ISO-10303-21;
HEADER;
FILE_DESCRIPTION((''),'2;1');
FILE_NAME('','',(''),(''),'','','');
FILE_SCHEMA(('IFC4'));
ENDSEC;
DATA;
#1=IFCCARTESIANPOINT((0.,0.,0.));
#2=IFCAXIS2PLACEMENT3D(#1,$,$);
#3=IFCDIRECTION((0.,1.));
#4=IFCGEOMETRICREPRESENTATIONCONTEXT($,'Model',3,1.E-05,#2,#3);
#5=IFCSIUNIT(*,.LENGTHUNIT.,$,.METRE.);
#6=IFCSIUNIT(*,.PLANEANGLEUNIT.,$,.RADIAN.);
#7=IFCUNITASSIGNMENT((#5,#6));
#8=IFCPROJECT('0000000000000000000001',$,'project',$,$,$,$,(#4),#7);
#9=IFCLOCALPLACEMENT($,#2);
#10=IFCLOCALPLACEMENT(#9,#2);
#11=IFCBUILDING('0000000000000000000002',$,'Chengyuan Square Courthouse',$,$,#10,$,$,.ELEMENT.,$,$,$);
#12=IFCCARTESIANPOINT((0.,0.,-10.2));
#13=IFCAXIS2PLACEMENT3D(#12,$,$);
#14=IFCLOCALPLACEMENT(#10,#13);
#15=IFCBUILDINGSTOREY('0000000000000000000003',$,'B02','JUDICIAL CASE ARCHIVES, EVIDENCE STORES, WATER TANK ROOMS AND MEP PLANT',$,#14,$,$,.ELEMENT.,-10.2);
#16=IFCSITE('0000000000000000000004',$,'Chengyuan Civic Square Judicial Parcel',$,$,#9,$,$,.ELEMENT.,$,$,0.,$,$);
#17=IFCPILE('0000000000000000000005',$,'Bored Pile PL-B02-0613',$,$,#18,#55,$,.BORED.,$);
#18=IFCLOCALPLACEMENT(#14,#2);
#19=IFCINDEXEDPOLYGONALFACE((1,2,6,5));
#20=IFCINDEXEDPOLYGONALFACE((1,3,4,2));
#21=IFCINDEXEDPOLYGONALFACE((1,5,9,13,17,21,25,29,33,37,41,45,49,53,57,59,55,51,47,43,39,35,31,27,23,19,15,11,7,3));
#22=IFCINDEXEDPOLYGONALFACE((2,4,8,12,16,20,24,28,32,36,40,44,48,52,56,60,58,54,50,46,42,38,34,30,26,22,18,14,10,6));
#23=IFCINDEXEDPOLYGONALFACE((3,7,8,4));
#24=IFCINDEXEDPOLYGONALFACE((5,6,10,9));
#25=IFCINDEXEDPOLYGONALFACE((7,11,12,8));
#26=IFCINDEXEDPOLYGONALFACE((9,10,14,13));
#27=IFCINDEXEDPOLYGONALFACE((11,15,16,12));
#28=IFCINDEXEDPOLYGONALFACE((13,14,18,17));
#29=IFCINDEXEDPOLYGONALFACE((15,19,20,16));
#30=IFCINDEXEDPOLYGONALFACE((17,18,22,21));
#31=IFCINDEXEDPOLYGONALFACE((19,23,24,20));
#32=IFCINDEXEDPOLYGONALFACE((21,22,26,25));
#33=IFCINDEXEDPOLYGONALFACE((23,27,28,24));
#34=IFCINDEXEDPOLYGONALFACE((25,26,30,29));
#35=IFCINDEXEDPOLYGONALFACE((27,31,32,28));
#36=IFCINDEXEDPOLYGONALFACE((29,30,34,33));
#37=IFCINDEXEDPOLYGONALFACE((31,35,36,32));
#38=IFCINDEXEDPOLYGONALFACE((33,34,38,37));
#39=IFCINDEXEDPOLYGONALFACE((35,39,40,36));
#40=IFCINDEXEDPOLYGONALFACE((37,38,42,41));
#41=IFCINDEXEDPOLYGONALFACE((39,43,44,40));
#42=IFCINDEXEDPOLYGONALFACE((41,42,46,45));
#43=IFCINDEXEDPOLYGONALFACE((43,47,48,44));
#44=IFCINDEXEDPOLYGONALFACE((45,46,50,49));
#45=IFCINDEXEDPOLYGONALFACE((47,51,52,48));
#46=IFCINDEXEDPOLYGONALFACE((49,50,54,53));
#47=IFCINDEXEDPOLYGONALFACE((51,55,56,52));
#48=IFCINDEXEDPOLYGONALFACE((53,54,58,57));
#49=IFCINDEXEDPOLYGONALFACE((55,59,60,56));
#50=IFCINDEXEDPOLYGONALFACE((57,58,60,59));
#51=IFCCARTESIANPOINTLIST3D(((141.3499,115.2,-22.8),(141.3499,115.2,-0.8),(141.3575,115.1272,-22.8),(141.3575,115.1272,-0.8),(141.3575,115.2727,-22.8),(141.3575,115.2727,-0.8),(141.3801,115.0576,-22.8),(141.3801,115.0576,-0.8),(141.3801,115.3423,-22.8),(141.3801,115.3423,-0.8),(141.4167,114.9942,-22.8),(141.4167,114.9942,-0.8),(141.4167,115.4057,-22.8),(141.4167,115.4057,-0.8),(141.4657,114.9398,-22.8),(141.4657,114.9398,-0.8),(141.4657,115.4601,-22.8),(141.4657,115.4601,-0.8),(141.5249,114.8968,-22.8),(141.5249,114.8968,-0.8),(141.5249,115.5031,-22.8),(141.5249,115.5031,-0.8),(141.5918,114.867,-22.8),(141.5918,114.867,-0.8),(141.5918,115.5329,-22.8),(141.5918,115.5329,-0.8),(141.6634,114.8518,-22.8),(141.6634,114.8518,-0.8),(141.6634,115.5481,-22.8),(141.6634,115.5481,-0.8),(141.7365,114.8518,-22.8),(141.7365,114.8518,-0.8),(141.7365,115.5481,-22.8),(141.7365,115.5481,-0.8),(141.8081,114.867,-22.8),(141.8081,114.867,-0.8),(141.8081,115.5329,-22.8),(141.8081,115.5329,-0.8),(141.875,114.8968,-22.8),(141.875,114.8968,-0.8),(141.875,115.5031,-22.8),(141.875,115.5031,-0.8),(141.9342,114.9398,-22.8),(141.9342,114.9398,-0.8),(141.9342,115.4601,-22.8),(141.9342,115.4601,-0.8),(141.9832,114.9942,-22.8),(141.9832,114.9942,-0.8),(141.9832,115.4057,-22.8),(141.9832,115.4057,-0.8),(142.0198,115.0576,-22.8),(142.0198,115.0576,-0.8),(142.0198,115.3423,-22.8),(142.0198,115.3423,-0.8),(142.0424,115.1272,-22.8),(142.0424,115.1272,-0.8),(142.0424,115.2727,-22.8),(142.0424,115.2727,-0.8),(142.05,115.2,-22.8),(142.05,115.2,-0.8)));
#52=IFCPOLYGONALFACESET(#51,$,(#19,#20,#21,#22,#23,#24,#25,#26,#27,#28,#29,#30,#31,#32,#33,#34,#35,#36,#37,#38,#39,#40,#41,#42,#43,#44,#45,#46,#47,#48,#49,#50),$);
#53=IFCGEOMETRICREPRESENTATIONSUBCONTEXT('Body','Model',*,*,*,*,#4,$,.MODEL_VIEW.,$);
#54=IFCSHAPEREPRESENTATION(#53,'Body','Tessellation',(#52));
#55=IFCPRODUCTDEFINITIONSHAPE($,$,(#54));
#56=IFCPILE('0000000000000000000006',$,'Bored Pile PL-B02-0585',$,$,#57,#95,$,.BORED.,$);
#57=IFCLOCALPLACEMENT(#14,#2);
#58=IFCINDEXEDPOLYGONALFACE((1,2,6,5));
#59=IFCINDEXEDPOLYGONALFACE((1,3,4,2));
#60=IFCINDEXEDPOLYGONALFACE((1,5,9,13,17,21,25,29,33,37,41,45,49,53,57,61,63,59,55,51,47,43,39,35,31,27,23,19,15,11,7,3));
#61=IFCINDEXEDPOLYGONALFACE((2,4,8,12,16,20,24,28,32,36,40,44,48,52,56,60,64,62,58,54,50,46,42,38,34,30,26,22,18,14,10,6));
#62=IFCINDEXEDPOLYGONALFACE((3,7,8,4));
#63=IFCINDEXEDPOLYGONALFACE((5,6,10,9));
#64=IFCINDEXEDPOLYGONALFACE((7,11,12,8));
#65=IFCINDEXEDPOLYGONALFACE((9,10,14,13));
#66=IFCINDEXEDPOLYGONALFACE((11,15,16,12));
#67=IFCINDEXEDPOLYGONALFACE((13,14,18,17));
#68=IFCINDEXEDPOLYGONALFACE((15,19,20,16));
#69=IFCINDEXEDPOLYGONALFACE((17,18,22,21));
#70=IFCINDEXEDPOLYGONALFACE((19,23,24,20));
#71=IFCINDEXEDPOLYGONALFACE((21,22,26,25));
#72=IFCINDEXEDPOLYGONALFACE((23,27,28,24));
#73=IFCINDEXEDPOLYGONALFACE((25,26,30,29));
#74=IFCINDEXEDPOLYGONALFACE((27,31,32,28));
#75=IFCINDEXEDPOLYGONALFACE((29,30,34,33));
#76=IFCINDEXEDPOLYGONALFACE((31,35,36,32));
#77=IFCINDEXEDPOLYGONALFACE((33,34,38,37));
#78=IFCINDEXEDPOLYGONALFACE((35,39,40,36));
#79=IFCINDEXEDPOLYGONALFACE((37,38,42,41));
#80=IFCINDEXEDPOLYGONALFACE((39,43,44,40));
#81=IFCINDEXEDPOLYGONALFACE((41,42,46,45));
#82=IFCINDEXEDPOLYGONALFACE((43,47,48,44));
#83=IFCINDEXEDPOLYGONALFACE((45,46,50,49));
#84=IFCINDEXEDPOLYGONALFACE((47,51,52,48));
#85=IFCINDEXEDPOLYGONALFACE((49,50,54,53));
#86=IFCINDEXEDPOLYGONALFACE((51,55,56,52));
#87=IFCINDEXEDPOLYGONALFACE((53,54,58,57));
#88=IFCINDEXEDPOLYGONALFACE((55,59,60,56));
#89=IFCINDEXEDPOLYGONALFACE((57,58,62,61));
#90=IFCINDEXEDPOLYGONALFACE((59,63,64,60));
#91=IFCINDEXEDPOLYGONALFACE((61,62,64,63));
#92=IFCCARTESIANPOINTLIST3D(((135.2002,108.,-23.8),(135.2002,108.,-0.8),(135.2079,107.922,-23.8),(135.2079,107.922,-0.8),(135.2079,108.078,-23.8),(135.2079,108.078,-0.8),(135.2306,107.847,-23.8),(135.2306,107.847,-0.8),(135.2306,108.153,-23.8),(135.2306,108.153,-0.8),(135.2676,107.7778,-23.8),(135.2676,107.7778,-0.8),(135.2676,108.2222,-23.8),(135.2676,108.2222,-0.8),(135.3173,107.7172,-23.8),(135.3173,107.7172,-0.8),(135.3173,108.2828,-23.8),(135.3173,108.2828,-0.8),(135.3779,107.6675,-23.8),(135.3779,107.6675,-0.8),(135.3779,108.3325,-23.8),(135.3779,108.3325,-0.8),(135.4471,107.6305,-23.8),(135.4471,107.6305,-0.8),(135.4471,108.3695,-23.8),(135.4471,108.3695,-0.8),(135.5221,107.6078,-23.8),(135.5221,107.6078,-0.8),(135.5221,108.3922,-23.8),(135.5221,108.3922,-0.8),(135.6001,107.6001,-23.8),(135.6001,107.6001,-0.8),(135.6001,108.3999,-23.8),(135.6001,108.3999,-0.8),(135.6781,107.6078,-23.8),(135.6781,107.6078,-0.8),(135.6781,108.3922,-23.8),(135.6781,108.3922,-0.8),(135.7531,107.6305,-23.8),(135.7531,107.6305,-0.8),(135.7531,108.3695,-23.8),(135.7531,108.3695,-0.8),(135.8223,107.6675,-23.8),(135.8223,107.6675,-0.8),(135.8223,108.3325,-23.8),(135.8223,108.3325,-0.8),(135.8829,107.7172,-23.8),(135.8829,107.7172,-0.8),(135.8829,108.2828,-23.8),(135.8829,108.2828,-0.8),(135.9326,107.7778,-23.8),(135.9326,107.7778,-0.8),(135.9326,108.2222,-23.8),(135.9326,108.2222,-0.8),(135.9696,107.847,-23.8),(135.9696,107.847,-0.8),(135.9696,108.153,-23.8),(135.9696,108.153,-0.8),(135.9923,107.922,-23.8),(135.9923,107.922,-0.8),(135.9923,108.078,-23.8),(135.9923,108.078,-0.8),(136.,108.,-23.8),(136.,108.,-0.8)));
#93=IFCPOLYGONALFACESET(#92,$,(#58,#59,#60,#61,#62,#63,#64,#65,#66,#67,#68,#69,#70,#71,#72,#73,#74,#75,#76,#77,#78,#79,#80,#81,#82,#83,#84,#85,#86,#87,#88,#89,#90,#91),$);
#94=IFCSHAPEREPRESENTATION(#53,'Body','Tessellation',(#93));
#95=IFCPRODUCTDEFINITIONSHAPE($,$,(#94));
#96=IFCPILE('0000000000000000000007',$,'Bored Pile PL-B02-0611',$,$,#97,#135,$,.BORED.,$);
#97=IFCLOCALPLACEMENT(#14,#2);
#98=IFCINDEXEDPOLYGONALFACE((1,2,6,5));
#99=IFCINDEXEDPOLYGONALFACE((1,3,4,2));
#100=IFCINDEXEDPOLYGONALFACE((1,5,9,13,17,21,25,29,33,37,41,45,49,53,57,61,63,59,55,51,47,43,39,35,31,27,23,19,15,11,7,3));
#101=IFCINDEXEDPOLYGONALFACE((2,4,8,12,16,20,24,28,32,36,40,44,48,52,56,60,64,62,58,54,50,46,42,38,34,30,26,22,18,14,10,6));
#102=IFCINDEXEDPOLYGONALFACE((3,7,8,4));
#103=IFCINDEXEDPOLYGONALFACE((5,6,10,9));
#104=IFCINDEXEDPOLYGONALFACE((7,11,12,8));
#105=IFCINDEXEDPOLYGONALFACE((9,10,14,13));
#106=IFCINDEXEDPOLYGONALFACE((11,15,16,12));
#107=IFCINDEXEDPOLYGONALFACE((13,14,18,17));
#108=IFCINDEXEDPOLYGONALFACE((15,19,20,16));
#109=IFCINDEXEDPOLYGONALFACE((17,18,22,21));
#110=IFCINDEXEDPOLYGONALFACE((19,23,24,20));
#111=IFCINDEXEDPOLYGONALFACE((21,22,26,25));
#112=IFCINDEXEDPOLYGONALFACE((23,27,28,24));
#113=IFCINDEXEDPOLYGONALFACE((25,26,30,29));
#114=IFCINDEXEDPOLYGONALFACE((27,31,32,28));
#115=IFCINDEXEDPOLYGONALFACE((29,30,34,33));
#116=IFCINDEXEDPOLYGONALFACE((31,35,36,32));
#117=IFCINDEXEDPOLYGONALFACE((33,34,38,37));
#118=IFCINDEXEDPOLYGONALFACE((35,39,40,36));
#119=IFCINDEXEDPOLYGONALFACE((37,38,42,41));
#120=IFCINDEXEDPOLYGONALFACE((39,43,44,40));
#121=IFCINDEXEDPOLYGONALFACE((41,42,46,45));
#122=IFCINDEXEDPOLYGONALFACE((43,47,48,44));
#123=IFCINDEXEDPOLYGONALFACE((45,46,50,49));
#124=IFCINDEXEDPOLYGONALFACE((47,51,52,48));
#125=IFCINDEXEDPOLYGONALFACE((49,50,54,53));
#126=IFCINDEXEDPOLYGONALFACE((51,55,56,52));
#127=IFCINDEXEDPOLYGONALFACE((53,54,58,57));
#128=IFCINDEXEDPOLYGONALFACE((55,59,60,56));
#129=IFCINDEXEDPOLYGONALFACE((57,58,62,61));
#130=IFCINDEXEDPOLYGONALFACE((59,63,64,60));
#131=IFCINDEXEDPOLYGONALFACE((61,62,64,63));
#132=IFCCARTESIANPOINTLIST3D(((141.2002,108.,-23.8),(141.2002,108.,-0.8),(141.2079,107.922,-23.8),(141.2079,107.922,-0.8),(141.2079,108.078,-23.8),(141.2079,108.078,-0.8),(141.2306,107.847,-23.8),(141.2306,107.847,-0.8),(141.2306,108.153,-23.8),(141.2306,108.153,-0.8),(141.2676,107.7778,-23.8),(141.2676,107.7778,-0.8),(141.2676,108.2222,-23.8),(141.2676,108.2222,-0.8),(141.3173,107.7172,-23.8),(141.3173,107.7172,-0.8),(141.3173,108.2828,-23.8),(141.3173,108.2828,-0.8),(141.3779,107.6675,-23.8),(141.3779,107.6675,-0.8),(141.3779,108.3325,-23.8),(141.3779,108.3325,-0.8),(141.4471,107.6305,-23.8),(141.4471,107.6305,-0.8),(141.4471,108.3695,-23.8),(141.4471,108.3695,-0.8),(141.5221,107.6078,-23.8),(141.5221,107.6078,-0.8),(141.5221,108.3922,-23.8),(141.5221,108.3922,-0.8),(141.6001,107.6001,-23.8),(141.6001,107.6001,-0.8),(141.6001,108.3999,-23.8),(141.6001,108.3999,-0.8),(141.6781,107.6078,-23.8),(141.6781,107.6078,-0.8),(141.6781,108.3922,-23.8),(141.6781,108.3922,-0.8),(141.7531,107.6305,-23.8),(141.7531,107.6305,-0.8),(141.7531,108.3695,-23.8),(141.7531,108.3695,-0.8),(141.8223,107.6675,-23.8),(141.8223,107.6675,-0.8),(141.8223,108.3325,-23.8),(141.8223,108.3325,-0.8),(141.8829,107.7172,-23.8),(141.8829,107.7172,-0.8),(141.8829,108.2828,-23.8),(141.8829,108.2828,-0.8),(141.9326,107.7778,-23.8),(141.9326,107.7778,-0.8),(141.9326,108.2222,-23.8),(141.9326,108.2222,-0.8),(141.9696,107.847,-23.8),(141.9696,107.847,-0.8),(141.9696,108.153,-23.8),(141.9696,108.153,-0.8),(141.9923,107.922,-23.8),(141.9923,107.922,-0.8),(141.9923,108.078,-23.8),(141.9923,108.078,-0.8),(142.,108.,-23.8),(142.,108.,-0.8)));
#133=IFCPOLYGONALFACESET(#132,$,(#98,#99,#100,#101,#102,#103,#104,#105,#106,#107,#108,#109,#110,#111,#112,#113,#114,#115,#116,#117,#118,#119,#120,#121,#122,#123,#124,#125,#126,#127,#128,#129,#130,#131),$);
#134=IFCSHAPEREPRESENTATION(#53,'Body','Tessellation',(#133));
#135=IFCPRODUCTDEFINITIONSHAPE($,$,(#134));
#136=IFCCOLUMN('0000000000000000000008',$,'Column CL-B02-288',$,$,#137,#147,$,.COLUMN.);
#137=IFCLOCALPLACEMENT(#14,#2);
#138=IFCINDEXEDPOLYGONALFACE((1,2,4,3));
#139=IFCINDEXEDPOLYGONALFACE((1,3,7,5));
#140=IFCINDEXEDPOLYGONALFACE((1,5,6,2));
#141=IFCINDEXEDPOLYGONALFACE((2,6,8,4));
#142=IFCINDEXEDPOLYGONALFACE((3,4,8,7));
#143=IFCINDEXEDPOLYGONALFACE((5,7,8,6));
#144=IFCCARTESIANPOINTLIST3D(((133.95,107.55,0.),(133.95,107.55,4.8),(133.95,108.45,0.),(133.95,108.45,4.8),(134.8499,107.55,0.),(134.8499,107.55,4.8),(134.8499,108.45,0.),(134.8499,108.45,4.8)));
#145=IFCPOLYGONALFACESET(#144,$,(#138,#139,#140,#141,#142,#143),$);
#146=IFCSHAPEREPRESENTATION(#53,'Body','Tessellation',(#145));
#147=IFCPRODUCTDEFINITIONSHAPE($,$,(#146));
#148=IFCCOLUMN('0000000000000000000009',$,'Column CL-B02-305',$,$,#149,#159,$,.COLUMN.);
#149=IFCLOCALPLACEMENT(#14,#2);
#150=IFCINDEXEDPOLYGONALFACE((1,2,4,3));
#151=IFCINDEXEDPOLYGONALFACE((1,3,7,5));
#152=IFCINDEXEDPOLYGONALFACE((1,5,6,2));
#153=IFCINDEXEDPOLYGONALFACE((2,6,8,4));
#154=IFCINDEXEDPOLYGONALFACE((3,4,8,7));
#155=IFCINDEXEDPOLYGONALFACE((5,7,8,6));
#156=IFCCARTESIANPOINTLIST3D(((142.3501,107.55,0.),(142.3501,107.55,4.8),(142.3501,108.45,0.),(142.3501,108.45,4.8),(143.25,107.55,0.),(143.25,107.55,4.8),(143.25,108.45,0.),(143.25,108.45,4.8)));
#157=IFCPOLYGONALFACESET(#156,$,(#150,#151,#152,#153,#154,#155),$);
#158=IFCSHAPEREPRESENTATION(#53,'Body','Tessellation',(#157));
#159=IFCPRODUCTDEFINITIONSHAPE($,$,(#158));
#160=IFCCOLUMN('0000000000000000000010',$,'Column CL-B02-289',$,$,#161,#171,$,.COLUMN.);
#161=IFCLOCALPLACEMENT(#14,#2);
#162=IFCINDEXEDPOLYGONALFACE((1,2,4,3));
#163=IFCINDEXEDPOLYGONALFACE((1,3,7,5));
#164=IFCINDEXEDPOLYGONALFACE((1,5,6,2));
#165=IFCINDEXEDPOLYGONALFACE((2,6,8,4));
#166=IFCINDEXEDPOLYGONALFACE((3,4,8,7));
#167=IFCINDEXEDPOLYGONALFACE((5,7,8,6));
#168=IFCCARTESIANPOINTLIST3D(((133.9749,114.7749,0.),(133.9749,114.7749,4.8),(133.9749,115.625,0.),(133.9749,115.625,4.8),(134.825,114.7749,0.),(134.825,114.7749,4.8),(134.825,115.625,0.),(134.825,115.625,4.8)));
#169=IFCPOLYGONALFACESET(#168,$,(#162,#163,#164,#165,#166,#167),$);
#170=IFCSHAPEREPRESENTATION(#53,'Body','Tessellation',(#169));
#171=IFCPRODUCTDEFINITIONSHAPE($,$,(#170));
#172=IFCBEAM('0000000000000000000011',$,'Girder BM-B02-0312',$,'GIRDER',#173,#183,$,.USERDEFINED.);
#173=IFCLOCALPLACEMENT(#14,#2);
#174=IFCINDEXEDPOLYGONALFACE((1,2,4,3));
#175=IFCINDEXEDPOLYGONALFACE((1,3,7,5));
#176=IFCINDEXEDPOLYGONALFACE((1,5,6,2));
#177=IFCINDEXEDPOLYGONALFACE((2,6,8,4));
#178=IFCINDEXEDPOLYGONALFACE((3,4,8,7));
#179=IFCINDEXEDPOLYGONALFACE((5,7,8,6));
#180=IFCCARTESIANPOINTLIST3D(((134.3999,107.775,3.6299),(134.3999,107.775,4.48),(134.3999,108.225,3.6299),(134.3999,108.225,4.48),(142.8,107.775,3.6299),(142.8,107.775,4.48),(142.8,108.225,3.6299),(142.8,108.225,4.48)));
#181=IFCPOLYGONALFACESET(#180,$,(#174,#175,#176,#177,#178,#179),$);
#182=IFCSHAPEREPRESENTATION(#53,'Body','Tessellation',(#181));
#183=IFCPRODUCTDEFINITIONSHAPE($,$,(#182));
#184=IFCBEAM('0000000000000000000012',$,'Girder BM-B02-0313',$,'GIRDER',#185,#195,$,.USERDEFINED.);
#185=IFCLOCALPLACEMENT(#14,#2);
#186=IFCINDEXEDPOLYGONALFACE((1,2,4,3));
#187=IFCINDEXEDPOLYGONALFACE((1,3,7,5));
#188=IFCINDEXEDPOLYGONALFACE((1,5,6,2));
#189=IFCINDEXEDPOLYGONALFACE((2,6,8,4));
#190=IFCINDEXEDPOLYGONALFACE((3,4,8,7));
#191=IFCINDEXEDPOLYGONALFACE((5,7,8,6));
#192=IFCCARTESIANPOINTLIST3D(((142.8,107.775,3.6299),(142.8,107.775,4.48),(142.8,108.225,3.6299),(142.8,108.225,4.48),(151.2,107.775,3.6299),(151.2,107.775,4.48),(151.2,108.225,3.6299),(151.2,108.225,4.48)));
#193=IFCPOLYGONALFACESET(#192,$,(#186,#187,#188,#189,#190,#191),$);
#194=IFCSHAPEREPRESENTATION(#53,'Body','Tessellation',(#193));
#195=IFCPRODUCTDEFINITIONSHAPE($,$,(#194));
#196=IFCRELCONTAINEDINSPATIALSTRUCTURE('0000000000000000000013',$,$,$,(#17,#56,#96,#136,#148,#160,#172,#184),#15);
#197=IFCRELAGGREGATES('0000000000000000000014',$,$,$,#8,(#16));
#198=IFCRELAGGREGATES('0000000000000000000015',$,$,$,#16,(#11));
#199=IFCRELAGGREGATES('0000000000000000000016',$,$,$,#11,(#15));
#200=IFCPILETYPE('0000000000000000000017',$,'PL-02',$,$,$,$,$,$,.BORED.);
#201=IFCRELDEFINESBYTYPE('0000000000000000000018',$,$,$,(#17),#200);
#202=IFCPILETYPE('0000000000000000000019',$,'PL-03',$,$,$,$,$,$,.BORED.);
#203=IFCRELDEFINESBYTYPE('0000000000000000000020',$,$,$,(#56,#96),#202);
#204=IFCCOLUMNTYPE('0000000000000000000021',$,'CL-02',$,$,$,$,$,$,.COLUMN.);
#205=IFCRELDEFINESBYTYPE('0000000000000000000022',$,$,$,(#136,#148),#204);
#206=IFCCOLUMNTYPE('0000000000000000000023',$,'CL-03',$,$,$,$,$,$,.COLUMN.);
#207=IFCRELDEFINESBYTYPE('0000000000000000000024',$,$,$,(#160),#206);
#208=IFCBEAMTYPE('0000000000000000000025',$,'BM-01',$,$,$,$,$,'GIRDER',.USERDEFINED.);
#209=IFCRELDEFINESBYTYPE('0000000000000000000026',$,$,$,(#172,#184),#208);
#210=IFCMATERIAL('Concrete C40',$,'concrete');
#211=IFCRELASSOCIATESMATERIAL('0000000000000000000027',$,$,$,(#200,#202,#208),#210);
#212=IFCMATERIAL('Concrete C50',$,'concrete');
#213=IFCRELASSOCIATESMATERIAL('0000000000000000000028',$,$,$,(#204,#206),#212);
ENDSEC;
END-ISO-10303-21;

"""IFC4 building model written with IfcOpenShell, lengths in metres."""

from ifc_helpers import new_model, si_unit, direction, frame, origin, origin_2d, place, context, subcontext, project, spatial, rectangle, circle, extrude, material, material_profile, profile_set, type_object, element, save


model = new_model("IFC4")

# Units and contexts
model_context = context("Model", 3, precision=1e-05, world=origin(), true_north=direction((0.0, 1.0)))
body_context = subcontext(model_context, "Body", "Model", "MODEL_VIEW")
ifc_project = project(units=[si_unit("LENGTHUNIT", "METRE"), si_unit("PLANEANGLEUNIT", "RADIAN")], contexts=[model_context])

# Site, building, storey
site_placement = place(None, origin())
site = spatial("IfcSite", under=ifc_project, at=site_placement, Name="Chengyuan Civic Square Judicial Parcel", CompositionType="ELEMENT", RefElevation=0.0)
building_placement = place(site_placement, origin())
building = spatial("IfcBuilding", under=site, at=building_placement, Name="Chengyuan Square Courthouse", CompositionType="ELEMENT")
storey_placement = place(building_placement, frame((0.0, 0.0, -10.2)))
storey = spatial("IfcBuildingStorey", under=building, at=storey_placement, Name="B02", Description="JUDICIAL CASE ARCHIVES, EVIDENCE STORES, WATER TANK ROOMS AND MEP PLANT", CompositionType="ELEMENT", Elevation=-10.2)

# Shared definitions
ifc_material_1 = material(Name="Concrete C40", Category="concrete")

# Piles
ifc_material_profile_1 = material_profile(ifc_material_1, circle(Radius=0.3501, at=origin_2d()), Name="BORED PILE D700")
ifc_profile_set_1 = profile_set([ifc_material_profile_1], Name="Concrete C40")
pile_type_1 = type_object("IfcPileType", Name="PL-02", PredefinedType="BORED", material=ifc_profile_set_1)
pile_1_placement = place(storey_placement, frame((141.7, 115.2, -0.8), z_axis=(0.0, 0.0, -1.0), x_axis=(1.0, 0.0, 0.0)))
element("IfcPile", 1, at=pile_1_placement, inside=storey, type_object=pile_type_1, Name="Bored Pile PL-B02-0613", PredefinedType="BORED", context=body_context, shape_type="SweptSolid", body=[
    extrude(circle(Radius=0.3501, at=origin_2d()), origin(), (0.0, 0.0, 1.0), 22.0),
])
ifc_material_profile_2 = material_profile(ifc_material_1, circle(Radius=0.3999, at=origin_2d()), Name="BORED PILE D800")
ifc_profile_set_2 = profile_set([ifc_material_profile_2], Name="Concrete C40")
pile_type_2 = type_object("IfcPileType", Name="PL-03", PredefinedType="BORED", material=ifc_profile_set_2)
for number, where, z_axis, x_axis, name in (
    (2, (135.6001, 108.0, -0.8), (0.0, 0.0, -1.0), (1.0, 0.0, 0.0), "Bored Pile PL-B02-0585"),
    (3, (141.6001, 108.0, -0.8), (0.0, 0.0, -1.0), (1.0, 0.0, 0.0), "Bored Pile PL-B02-0611"),
):
    element("IfcPile", number, at=place(storey_placement, frame(where, z_axis=z_axis, x_axis=x_axis)), inside=storey, type_object=pile_type_2, Name=name, PredefinedType="BORED", context=body_context, shape_type="SweptSolid", body=[
        extrude(circle(Radius=0.3999, at=origin_2d()), origin(), (0.0, 0.0, 1.0), 23.0),
    ])

# Columns
ifc_material_2 = material(Name="Concrete C50", Category="concrete")
ifc_material_profile_3 = material_profile(ifc_material_2, rectangle(XDim=0.8999, YDim=0.8999, at=origin_2d()), Name="RC-COL-900x900")
ifc_profile_set_3 = profile_set([ifc_material_profile_3], Name="Concrete C50")
column_type_1 = type_object("IfcColumnType", Name="CL-02", PredefinedType="COLUMN", material=ifc_profile_set_3)
for number, where, z_axis, x_axis, name in (
    (4, (134.3999, 108.0, 0.0), (0.0, 0.0, 1.0), (1.0, 0.0, 0.0), "Column CL-B02-288"),
    (5, (142.8, 108.0, 0.0), (0.0, 0.0, 1.0), (1.0, 0.0, 0.0), "Column CL-B02-305"),
):
    element("IfcColumn", number, at=place(storey_placement, frame(where, z_axis=z_axis, x_axis=x_axis)), inside=storey, type_object=column_type_1, Name=name, PredefinedType="COLUMN", context=body_context, shape_type="SweptSolid", body=[
        extrude(rectangle(XDim=0.8999, YDim=0.8999, at=origin_2d()), origin(), (0.0, 0.0, 1.0), 4.8),
    ])
ifc_material_profile_4 = material_profile(ifc_material_2, rectangle(XDim=0.8501, YDim=0.8501, at=origin_2d()), Name="RC-COL-850x850")
ifc_profile_set_4 = profile_set([ifc_material_profile_4], Name="Concrete C50")
column_type_2 = type_object("IfcColumnType", Name="CL-03", PredefinedType="COLUMN", material=ifc_profile_set_4)
column_placement = place(storey_placement, frame((134.3999, 115.2, 0.0), z_axis=(0.0, 0.0, 1.0), x_axis=(1.0, 0.0, 0.0)))
element("IfcColumn", 6, at=column_placement, inside=storey, type_object=column_type_2, Name="Column CL-B02-289", PredefinedType="COLUMN", context=body_context, shape_type="SweptSolid", body=[
    extrude(rectangle(XDim=0.8501, YDim=0.8501, at=origin_2d()), origin(), (0.0, 0.0, 1.0), 4.8),
])

# Beams
ifc_material_profile_5 = material_profile(ifc_material_1, rectangle(XDim=0.45, YDim=0.8501, at=origin_2d()), Name="RC-BM-450x850")
ifc_profile_set_5 = profile_set([ifc_material_profile_5], Name="Concrete C40")
beam_type_1 = type_object("IfcBeamType", Name="BM-01", ElementType="GIRDER", PredefinedType="USERDEFINED", material=ifc_profile_set_5)
beam_1_placement = place(storey_placement, frame((134.3999, 108.0, 4.0549), z_axis=(1.0, 0.0, 0.0), x_axis=(0.0, 1.0, 0.0)))
element("IfcBeam", 7, at=beam_1_placement, inside=storey, type_object=beam_type_1, Name="Girder BM-B02-0312", ObjectType="GIRDER", PredefinedType="USERDEFINED", context=body_context, shape_type="SweptSolid", body=[
    extrude(rectangle(XDim=0.45, YDim=0.8501, at=origin_2d()), origin(), (0.0, 0.0, 1.0), 8.4001),
])
beam_2_placement = place(storey_placement, frame((142.8, 108.0, 4.0549), z_axis=(1.0, 0.0, 0.0), x_axis=(0.0, 1.0, 0.0)))
element("IfcBeam", 8, at=beam_2_placement, inside=storey, type_object=beam_type_1, Name="Girder BM-B02-0313", ObjectType="GIRDER", PredefinedType="USERDEFINED", context=body_context, shape_type="SweptSolid", body=[
    extrude(rectangle(XDim=0.45, YDim=0.8501, at=origin_2d()), origin(), (0.0, 0.0, 1.0), 8.3999),
])

save(model, "model.ifc")
